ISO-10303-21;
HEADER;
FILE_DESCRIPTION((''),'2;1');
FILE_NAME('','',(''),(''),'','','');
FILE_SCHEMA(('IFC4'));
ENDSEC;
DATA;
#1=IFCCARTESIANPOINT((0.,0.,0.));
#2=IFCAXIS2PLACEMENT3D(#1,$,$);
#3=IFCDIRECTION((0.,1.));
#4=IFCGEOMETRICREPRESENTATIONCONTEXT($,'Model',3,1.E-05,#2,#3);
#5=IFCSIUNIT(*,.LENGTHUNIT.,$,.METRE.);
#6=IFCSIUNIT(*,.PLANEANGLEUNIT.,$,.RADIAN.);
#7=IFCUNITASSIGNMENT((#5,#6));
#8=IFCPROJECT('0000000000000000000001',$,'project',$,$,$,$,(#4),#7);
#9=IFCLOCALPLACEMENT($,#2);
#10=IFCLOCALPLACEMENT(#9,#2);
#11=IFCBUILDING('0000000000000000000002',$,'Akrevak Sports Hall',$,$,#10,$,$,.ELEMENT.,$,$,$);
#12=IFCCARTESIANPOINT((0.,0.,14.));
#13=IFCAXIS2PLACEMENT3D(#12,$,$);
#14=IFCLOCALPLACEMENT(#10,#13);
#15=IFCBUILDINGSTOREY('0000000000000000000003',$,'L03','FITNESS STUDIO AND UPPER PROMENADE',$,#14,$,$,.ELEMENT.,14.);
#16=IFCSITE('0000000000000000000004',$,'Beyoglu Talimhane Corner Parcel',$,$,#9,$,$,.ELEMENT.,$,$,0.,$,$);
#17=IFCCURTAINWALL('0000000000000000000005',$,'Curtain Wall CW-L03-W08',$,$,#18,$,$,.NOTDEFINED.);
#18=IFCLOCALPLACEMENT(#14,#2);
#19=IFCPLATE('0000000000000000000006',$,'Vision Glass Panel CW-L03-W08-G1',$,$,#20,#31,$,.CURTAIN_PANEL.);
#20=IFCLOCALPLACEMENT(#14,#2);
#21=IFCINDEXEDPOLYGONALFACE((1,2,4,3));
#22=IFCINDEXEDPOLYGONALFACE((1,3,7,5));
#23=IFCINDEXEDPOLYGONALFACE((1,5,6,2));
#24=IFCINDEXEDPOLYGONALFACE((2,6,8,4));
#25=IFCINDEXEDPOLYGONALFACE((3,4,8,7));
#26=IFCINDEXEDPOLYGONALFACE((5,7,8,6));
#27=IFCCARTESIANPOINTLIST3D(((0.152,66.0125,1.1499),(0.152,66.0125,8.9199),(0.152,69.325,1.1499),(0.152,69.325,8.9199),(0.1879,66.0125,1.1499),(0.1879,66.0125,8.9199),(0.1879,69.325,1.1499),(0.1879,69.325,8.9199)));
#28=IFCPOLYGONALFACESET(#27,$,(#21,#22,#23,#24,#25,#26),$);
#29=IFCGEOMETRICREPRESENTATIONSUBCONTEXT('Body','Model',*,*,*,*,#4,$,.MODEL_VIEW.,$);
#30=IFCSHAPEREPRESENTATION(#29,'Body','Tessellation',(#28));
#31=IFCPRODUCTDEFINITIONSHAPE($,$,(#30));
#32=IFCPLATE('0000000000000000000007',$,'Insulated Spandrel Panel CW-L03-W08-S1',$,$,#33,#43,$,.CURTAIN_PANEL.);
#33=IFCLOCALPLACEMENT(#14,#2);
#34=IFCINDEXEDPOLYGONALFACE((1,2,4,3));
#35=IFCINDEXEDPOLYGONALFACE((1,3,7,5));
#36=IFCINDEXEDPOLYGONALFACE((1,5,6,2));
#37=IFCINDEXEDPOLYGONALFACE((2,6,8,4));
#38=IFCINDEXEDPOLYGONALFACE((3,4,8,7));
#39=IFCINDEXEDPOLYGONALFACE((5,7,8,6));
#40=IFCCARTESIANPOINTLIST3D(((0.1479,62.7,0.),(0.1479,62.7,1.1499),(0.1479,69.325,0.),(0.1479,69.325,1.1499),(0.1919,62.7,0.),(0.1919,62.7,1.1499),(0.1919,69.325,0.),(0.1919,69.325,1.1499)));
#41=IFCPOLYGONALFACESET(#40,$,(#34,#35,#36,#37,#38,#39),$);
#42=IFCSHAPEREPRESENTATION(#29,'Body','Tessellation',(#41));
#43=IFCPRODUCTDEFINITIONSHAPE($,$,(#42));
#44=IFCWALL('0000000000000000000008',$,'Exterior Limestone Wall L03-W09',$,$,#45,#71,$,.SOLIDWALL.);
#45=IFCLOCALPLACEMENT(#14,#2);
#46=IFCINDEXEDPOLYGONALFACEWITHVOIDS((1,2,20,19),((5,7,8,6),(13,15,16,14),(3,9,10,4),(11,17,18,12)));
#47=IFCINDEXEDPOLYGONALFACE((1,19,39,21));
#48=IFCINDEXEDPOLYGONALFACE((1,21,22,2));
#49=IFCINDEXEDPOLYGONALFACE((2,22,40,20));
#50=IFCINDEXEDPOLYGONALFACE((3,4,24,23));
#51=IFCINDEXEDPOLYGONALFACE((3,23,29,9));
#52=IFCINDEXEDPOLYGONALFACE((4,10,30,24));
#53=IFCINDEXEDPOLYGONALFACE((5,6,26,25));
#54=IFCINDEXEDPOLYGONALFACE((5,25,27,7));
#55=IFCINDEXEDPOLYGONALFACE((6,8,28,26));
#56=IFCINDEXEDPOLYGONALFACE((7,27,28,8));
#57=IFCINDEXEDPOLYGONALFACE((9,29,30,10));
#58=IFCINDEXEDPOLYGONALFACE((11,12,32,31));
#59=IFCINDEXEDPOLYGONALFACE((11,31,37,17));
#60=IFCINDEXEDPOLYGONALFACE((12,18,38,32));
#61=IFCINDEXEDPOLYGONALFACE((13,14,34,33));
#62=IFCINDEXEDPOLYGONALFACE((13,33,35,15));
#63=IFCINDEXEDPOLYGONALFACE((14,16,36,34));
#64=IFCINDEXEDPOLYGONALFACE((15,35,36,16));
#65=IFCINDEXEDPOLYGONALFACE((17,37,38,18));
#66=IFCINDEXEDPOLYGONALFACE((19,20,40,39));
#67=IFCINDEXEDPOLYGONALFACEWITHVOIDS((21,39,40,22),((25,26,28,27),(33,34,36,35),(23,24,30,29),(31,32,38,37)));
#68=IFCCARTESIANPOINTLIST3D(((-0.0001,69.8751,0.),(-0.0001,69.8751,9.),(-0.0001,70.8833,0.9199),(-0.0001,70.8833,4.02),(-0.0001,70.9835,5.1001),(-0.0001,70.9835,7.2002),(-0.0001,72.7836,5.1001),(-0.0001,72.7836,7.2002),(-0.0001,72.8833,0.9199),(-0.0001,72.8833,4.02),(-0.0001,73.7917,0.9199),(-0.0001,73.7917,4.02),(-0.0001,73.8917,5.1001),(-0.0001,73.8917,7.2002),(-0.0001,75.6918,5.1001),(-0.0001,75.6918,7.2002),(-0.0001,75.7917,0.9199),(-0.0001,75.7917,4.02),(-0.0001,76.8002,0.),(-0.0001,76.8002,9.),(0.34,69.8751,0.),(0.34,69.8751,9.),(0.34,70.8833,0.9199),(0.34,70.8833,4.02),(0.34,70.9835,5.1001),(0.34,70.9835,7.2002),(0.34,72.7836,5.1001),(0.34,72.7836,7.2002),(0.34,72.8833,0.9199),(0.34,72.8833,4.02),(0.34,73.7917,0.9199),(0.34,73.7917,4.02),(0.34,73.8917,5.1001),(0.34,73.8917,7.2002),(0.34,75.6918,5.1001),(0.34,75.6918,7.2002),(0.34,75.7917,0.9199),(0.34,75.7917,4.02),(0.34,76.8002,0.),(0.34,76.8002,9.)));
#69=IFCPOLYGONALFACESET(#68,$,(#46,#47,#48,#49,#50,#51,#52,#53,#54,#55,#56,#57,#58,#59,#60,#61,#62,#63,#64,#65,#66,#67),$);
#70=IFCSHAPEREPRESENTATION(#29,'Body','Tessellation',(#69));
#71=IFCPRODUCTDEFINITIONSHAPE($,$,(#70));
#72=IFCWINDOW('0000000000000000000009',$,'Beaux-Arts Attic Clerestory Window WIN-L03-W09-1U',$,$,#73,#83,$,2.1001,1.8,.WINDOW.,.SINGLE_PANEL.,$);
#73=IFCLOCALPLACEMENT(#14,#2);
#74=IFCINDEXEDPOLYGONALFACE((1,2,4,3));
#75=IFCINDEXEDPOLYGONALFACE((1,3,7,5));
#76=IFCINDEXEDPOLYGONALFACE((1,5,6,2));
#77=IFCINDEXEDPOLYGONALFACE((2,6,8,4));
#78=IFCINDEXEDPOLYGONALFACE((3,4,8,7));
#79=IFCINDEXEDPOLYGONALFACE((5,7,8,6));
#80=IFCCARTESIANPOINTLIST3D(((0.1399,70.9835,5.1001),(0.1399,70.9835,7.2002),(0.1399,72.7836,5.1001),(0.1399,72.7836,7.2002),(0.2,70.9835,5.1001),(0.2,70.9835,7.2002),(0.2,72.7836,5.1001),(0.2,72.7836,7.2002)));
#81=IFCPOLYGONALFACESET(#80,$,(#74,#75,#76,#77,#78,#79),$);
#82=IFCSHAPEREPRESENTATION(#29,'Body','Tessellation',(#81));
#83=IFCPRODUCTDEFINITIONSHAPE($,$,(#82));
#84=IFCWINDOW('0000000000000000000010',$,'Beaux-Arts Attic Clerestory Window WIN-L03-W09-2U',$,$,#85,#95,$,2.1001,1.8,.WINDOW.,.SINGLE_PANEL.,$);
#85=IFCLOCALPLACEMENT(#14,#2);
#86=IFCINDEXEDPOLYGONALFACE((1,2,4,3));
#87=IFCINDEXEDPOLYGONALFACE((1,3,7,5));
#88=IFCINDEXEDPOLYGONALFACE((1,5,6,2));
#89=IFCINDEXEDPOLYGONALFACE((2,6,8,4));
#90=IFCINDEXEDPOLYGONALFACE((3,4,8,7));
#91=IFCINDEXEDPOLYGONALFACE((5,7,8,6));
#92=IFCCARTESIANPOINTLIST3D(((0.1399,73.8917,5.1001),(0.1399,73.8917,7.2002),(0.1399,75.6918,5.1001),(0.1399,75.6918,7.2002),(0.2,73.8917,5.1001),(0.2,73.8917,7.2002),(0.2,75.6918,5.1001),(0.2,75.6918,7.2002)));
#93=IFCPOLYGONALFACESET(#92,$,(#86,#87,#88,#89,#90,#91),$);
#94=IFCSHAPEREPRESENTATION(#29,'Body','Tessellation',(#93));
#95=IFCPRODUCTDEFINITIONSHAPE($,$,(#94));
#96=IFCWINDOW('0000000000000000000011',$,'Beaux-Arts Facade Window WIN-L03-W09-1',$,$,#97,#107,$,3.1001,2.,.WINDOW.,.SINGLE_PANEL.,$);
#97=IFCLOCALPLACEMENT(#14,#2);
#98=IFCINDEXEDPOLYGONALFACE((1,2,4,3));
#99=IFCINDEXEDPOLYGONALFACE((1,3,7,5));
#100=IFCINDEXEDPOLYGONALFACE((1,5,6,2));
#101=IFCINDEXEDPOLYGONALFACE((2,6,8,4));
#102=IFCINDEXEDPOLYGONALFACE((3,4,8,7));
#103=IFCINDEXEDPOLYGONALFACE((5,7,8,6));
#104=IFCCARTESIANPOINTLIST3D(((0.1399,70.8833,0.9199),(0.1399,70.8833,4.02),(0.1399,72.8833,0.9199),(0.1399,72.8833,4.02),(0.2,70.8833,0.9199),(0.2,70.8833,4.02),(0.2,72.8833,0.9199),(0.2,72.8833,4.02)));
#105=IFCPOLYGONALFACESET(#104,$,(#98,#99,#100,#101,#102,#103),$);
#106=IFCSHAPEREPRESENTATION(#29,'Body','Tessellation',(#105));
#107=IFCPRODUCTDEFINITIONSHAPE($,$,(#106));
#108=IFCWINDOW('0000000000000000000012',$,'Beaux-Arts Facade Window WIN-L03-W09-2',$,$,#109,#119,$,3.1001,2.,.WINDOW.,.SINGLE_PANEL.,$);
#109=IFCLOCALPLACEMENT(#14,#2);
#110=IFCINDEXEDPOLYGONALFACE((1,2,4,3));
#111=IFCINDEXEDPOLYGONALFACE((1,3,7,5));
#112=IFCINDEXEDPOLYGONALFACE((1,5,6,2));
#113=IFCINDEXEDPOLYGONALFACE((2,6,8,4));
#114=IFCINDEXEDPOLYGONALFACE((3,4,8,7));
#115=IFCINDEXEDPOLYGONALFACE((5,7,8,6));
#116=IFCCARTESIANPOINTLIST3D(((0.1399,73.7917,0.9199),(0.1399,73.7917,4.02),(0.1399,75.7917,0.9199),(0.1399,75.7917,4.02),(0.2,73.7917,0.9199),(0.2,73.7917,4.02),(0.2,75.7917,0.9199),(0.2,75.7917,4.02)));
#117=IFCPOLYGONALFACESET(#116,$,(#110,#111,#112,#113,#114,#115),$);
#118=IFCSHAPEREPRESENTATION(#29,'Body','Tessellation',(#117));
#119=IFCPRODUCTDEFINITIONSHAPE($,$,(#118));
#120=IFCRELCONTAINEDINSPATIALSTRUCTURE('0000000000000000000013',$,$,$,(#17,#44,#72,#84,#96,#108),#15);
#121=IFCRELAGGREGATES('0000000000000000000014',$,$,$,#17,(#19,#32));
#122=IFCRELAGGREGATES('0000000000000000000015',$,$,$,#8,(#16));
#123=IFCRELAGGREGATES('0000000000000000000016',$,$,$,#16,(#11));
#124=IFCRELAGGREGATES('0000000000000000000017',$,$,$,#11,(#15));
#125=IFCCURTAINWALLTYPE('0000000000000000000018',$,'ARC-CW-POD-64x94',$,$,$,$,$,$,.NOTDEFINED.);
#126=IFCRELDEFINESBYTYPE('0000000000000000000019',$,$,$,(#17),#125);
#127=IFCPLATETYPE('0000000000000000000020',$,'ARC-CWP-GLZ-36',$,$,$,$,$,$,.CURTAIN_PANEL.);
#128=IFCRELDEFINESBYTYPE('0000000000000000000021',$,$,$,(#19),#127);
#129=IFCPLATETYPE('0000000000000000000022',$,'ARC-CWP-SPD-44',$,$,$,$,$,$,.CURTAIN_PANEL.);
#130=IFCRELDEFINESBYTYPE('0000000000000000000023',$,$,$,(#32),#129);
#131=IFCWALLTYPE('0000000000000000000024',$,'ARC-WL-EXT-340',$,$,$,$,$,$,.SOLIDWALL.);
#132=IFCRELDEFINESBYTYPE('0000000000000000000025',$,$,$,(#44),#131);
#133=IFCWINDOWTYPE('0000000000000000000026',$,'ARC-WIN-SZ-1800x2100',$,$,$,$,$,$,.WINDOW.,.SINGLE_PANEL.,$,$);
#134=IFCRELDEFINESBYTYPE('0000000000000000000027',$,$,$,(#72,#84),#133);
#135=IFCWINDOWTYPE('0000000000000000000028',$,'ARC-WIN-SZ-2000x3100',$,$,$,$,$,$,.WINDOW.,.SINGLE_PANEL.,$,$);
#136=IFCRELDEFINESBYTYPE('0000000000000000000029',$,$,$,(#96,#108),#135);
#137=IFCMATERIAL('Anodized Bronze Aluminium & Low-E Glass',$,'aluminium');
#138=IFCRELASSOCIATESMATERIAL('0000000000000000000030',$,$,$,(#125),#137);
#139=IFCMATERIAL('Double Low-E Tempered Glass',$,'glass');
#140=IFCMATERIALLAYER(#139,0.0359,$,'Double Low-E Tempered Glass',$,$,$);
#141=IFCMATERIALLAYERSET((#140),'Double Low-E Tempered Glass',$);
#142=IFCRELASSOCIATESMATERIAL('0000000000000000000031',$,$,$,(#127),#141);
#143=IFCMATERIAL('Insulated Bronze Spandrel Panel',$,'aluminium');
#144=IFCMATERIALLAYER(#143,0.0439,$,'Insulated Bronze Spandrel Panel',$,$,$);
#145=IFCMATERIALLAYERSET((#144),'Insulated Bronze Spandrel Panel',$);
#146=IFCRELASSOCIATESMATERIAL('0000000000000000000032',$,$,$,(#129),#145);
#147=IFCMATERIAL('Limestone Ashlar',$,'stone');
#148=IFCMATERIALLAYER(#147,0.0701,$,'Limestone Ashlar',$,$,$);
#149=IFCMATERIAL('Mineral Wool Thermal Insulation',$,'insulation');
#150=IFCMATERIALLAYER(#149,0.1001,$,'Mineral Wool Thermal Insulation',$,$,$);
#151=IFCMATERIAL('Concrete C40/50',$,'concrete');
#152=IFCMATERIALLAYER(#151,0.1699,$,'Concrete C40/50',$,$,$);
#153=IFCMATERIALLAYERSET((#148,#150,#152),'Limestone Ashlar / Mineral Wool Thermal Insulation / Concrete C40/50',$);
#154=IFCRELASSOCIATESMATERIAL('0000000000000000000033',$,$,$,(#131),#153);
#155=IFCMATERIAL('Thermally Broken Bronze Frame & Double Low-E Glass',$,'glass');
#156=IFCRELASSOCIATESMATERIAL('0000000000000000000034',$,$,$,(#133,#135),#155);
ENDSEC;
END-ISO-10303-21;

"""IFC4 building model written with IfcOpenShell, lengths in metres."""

from ifc_helpers import new_model, si_unit, direction, frame, frame_2d, origin, origin_2d, place, context, subcontext, project, spatial, rectangle, extrude, material, layer, layer_set, type_object, element, fill, aggregate, save


model = new_model("IFC4")

# Units and contexts
model_context = context("Model", 3, precision=1e-05, world=origin(), true_north=direction((0.0, 1.0)))
body_context = subcontext(model_context, "Body", "Model", "MODEL_VIEW")
ifc_project = project(units=[si_unit("LENGTHUNIT", "METRE"), si_unit("PLANEANGLEUNIT", "RADIAN")], contexts=[model_context])

# Site, building, storey
site_placement = place(None, origin())
site = spatial("IfcSite", under=ifc_project, at=site_placement, Name="Beyoglu Talimhane Corner Parcel", CompositionType="ELEMENT", RefElevation=0.0)
building_placement = place(site_placement, origin())
building = spatial("IfcBuilding", under=site, at=building_placement, Name="Akrevak Sports Hall", CompositionType="ELEMENT")
storey_placement = place(building_placement, frame((0.0, 0.0, 14.0)))
storey = spatial("IfcBuildingStorey", under=building, at=storey_placement, Name="L03", Description="FITNESS STUDIO AND UPPER PROMENADE", CompositionType="ELEMENT", Elevation=14.0)

# Shared definitions
ifc_material_1 = material(Name="Concrete C40/50", Category="concrete")

# Curtain wall
ifc_material_2 = material(Name="Anodized Bronze Aluminium & Low-E Glass", Category="aluminium")
curtain_wall_type = type_object("IfcCurtainWallType", Name="ARC-CW-POD-64x94", PredefinedType="NOTDEFINED", material=ifc_material_2)
curtain_wall_placement = place(storey_placement, origin())
curtain_wall = element("IfcCurtainWall", 1, at=curtain_wall_placement, inside=storey, type_object=curtain_wall_type, Name="Curtain Wall CW-L03-W08", PredefinedType="NOTDEFINED")

# Plates
ifc_material_3 = material(Name="Double Low-E Tempered Glass", Category="glass")
ifc_layer_1 = layer(ifc_material_3, 0.0359, Name="Double Low-E Tempered Glass")
ifc_layer_set_1 = layer_set([ifc_layer_1], Name="Double Low-E Tempered Glass")
plate_type_1 = type_object("IfcPlateType", Name="ARC-CWP-GLZ-36", PredefinedType="CURTAIN_PANEL", material=ifc_layer_set_1)
plate_1_placement = place(storey_placement, frame((0.1699, 67.6687, 1.1499), z_axis=(0.0, 0.0, 1.0), x_axis=(0.0, -1.0, 0.0)))
plate_1 = element("IfcPlate", 2, at=plate_1_placement, type_object=plate_type_1, Name="Vision Glass Panel CW-L03-W08-G1", PredefinedType="CURTAIN_PANEL", context=body_context, shape_type="SweptSolid", body=[
    extrude(rectangle(XDim=3.3125, YDim=0.0359, at=origin_2d()), origin(), (0.0, 0.0, 1.0), 7.77),
])
ifc_material_4 = material(Name="Insulated Bronze Spandrel Panel", Category="aluminium")
ifc_layer_2 = layer(ifc_material_4, 0.0439, Name="Insulated Bronze Spandrel Panel")
ifc_layer_set_2 = layer_set([ifc_layer_2], Name="Insulated Bronze Spandrel Panel")
plate_type_2 = type_object("IfcPlateType", Name="ARC-CWP-SPD-44", PredefinedType="CURTAIN_PANEL", material=ifc_layer_set_2)
plate_2_placement = place(storey_placement, frame((0.1699, 66.0125, 0.0), z_axis=(0.0, 0.0, 1.0), x_axis=(0.0, -1.0, 0.0)))
plate_2 = element("IfcPlate", 3, at=plate_2_placement, type_object=plate_type_2, Name="Insulated Spandrel Panel CW-L03-W08-S1", PredefinedType="CURTAIN_PANEL", context=body_context, shape_type="SweptSolid", body=[
    extrude(rectangle(XDim=6.625, YDim=0.0439, at=origin_2d()), origin(), (0.0, 0.0, 1.0), 1.1499),
])
aggregate(curtain_wall, [plate_1, plate_2])

# Wall, openings, windows
ifc_material_5 = material(Name="Limestone Ashlar", Category="stone")
ifc_layer_3 = layer(ifc_material_5, 0.0701, Name="Limestone Ashlar")
ifc_material_6 = material(Name="Mineral Wool Thermal Insulation", Category="insulation")
ifc_layer_4 = layer(ifc_material_6, 0.1001, Name="Mineral Wool Thermal Insulation")
ifc_layer_5 = layer(ifc_material_1, 0.1699, Name="Concrete C40/50")
ifc_layer_set_3 = layer_set([ifc_layer_3, ifc_layer_4, ifc_layer_5], Name="Limestone Ashlar / Mineral Wool Thermal Insulation / Concrete C40/50")
wall_type = type_object("IfcWallType", Name="ARC-WL-EXT-340", PredefinedType="SOLIDWALL", material=ifc_layer_set_3)
wall_1_placement = place(storey_placement, frame((0.1699, 76.8, 0.0), z_axis=(0.0, 0.0, 1.0), x_axis=(0.0, -1.0, 0.0)))
wall_1 = element("IfcWall", 4, at=wall_1_placement, inside=storey, type_object=wall_type, Name="Exterior Limestone Wall L03-W09", PredefinedType="SOLIDWALL", context=body_context, shape_type="SweptSolid", body=[
    extrude(rectangle(XDim=6.925, YDim=0.3401, at=frame_2d((3.4624, 0.0))), origin(), (0.0, 0.0, 1.0), 9.0),
])
opening_1_placement = place(wall_1_placement, frame((3.9167, 0.0, 0.9199)))
opening_1 = element("IfcOpeningElement", 5, at=opening_1_placement, cuts=wall_1, PredefinedType="OPENING", context=body_context, shape_type="SweptSolid", body=[
    extrude(rectangle(XDim=2.0, YDim=3.1001, at=frame_2d((1.0, 1.55))), frame((0.0, 0.1821, 0.0), z_axis=(0.0, -1.0, 0.0), x_axis=(1.0, 0.0, 0.0)), (0.0, 0.0, 1.0), 0.364),
])
opening_2_placement = place(wall_1_placement, frame((4.0166, 0.0, 5.1001)))
opening_2 = element("IfcOpeningElement", 6, at=opening_2_placement, cuts=wall_1, PredefinedType="OPENING", context=body_context, shape_type="SweptSolid", body=[
    extrude(rectangle(XDim=1.8, YDim=2.1001, at=frame_2d((0.8999, 1.05))), frame((0.0, 0.1821, 0.0), z_axis=(0.0, -1.0, 0.0), x_axis=(1.0, 0.0, 0.0)), (0.0, 0.0, 1.0), 0.364),
])
opening_3_placement = place(wall_1_placement, frame((1.0083, 0.0, 0.9199)))
opening_3 = element("IfcOpeningElement", 7, at=opening_3_placement, cuts=wall_1, PredefinedType="OPENING", context=body_context, shape_type="SweptSolid", body=[
    extrude(rectangle(XDim=2.0, YDim=3.1001, at=frame_2d((1.0, 1.55))), frame((0.0, 0.1821, 0.0), z_axis=(0.0, -1.0, 0.0), x_axis=(1.0, 0.0, 0.0)), (0.0, 0.0, 1.0), 0.364),
])
opening_4_placement = place(wall_1_placement, frame((1.1084, 0.0, 5.1001)))
opening_4 = element("IfcOpeningElement", 8, at=opening_4_placement, cuts=wall_1, PredefinedType="OPENING", context=body_context, shape_type="SweptSolid", body=[
    extrude(rectangle(XDim=1.8, YDim=2.1001, at=frame_2d((0.8999, 1.05))), frame((0.0, 0.1821, 0.0), z_axis=(0.0, -1.0, 0.0), x_axis=(1.0, 0.0, 0.0)), (0.0, 0.0, 1.0), 0.364),
])
ifc_material_7 = material(Name="Thermally Broken Bronze Frame & Double Low-E Glass", Category="glass")
window_type_1 = type_object("IfcWindowType", Name="ARC-WIN-SZ-1800x2100", PartitioningType="SINGLE_PANEL", PredefinedType="WINDOW", material=ifc_material_7)
window_1_placement = place(opening_2_placement, origin())
window_1 = element("IfcWindow", 9, at=window_1_placement, inside=storey, type_object=window_type_1, Name="Beaux-Arts Attic Clerestory Window WIN-L03-W09-1U", OverallHeight=2.1001, OverallWidth=1.8, PartitioningType="SINGLE_PANEL", PredefinedType="WINDOW", context=body_context, shape_type="SweptSolid", body=[
    extrude(rectangle(XDim=1.8, YDim=2.1001, at=frame_2d((0.8999, 1.05))), frame((0.0, 0.03, 0.0), z_axis=(0.0, -1.0, 0.0), x_axis=(1.0, 0.0, 0.0)), (0.0, 0.0, 1.0), 0.0601),
])
fill(opening_2, window_1)
window_2_placement = place(opening_4_placement, origin())
window_2 = element("IfcWindow", 10, at=window_2_placement, inside=storey, type_object=window_type_1, Name="Beaux-Arts Attic Clerestory Window WIN-L03-W09-2U", OverallHeight=2.1001, OverallWidth=1.8, PartitioningType="SINGLE_PANEL", PredefinedType="WINDOW", context=body_context, shape_type="SweptSolid", body=[
    extrude(rectangle(XDim=1.8, YDim=2.1001, at=frame_2d((0.8999, 1.05))), frame((0.0, 0.03, 0.0), z_axis=(0.0, -1.0, 0.0), x_axis=(1.0, 0.0, 0.0)), (0.0, 0.0, 1.0), 0.0601),
])
fill(opening_4, window_2)
window_type_2 = type_object("IfcWindowType", Name="ARC-WIN-SZ-2000x3100", PartitioningType="SINGLE_PANEL", PredefinedType="WINDOW", material=ifc_material_7)
window_3_placement = place(opening_1_placement, origin())
window_3 = element("IfcWindow", 11, at=window_3_placement, inside=storey, type_object=window_type_2, Name="Beaux-Arts Facade Window WIN-L03-W09-1", OverallHeight=3.1001, OverallWidth=2.0, PartitioningType="SINGLE_PANEL", PredefinedType="WINDOW", context=body_context, shape_type="SweptSolid", body=[
    extrude(rectangle(XDim=2.0, YDim=3.1001, at=frame_2d((1.0, 1.55))), frame((0.0, 0.03, 0.0), z_axis=(0.0, -1.0, 0.0), x_axis=(1.0, 0.0, 0.0)), (0.0, 0.0, 1.0), 0.0601),
])
fill(opening_1, window_3)
window_4_placement = place(opening_3_placement, origin())
window_4 = element("IfcWindow", 12, at=window_4_placement, inside=storey, type_object=window_type_2, Name="Beaux-Arts Facade Window WIN-L03-W09-2", OverallHeight=3.1001, OverallWidth=2.0, PartitioningType="SINGLE_PANEL", PredefinedType="WINDOW", context=body_context, shape_type="SweptSolid", body=[
    extrude(rectangle(XDim=2.0, YDim=3.1001, at=frame_2d((1.0, 1.55))), frame((0.0, 0.03, 0.0), z_axis=(0.0, -1.0, 0.0), x_axis=(1.0, 0.0, 0.0)), (0.0, 0.0, 1.0), 0.0601),
])
fill(opening_3, window_4)

save(model, "model.ifc")
